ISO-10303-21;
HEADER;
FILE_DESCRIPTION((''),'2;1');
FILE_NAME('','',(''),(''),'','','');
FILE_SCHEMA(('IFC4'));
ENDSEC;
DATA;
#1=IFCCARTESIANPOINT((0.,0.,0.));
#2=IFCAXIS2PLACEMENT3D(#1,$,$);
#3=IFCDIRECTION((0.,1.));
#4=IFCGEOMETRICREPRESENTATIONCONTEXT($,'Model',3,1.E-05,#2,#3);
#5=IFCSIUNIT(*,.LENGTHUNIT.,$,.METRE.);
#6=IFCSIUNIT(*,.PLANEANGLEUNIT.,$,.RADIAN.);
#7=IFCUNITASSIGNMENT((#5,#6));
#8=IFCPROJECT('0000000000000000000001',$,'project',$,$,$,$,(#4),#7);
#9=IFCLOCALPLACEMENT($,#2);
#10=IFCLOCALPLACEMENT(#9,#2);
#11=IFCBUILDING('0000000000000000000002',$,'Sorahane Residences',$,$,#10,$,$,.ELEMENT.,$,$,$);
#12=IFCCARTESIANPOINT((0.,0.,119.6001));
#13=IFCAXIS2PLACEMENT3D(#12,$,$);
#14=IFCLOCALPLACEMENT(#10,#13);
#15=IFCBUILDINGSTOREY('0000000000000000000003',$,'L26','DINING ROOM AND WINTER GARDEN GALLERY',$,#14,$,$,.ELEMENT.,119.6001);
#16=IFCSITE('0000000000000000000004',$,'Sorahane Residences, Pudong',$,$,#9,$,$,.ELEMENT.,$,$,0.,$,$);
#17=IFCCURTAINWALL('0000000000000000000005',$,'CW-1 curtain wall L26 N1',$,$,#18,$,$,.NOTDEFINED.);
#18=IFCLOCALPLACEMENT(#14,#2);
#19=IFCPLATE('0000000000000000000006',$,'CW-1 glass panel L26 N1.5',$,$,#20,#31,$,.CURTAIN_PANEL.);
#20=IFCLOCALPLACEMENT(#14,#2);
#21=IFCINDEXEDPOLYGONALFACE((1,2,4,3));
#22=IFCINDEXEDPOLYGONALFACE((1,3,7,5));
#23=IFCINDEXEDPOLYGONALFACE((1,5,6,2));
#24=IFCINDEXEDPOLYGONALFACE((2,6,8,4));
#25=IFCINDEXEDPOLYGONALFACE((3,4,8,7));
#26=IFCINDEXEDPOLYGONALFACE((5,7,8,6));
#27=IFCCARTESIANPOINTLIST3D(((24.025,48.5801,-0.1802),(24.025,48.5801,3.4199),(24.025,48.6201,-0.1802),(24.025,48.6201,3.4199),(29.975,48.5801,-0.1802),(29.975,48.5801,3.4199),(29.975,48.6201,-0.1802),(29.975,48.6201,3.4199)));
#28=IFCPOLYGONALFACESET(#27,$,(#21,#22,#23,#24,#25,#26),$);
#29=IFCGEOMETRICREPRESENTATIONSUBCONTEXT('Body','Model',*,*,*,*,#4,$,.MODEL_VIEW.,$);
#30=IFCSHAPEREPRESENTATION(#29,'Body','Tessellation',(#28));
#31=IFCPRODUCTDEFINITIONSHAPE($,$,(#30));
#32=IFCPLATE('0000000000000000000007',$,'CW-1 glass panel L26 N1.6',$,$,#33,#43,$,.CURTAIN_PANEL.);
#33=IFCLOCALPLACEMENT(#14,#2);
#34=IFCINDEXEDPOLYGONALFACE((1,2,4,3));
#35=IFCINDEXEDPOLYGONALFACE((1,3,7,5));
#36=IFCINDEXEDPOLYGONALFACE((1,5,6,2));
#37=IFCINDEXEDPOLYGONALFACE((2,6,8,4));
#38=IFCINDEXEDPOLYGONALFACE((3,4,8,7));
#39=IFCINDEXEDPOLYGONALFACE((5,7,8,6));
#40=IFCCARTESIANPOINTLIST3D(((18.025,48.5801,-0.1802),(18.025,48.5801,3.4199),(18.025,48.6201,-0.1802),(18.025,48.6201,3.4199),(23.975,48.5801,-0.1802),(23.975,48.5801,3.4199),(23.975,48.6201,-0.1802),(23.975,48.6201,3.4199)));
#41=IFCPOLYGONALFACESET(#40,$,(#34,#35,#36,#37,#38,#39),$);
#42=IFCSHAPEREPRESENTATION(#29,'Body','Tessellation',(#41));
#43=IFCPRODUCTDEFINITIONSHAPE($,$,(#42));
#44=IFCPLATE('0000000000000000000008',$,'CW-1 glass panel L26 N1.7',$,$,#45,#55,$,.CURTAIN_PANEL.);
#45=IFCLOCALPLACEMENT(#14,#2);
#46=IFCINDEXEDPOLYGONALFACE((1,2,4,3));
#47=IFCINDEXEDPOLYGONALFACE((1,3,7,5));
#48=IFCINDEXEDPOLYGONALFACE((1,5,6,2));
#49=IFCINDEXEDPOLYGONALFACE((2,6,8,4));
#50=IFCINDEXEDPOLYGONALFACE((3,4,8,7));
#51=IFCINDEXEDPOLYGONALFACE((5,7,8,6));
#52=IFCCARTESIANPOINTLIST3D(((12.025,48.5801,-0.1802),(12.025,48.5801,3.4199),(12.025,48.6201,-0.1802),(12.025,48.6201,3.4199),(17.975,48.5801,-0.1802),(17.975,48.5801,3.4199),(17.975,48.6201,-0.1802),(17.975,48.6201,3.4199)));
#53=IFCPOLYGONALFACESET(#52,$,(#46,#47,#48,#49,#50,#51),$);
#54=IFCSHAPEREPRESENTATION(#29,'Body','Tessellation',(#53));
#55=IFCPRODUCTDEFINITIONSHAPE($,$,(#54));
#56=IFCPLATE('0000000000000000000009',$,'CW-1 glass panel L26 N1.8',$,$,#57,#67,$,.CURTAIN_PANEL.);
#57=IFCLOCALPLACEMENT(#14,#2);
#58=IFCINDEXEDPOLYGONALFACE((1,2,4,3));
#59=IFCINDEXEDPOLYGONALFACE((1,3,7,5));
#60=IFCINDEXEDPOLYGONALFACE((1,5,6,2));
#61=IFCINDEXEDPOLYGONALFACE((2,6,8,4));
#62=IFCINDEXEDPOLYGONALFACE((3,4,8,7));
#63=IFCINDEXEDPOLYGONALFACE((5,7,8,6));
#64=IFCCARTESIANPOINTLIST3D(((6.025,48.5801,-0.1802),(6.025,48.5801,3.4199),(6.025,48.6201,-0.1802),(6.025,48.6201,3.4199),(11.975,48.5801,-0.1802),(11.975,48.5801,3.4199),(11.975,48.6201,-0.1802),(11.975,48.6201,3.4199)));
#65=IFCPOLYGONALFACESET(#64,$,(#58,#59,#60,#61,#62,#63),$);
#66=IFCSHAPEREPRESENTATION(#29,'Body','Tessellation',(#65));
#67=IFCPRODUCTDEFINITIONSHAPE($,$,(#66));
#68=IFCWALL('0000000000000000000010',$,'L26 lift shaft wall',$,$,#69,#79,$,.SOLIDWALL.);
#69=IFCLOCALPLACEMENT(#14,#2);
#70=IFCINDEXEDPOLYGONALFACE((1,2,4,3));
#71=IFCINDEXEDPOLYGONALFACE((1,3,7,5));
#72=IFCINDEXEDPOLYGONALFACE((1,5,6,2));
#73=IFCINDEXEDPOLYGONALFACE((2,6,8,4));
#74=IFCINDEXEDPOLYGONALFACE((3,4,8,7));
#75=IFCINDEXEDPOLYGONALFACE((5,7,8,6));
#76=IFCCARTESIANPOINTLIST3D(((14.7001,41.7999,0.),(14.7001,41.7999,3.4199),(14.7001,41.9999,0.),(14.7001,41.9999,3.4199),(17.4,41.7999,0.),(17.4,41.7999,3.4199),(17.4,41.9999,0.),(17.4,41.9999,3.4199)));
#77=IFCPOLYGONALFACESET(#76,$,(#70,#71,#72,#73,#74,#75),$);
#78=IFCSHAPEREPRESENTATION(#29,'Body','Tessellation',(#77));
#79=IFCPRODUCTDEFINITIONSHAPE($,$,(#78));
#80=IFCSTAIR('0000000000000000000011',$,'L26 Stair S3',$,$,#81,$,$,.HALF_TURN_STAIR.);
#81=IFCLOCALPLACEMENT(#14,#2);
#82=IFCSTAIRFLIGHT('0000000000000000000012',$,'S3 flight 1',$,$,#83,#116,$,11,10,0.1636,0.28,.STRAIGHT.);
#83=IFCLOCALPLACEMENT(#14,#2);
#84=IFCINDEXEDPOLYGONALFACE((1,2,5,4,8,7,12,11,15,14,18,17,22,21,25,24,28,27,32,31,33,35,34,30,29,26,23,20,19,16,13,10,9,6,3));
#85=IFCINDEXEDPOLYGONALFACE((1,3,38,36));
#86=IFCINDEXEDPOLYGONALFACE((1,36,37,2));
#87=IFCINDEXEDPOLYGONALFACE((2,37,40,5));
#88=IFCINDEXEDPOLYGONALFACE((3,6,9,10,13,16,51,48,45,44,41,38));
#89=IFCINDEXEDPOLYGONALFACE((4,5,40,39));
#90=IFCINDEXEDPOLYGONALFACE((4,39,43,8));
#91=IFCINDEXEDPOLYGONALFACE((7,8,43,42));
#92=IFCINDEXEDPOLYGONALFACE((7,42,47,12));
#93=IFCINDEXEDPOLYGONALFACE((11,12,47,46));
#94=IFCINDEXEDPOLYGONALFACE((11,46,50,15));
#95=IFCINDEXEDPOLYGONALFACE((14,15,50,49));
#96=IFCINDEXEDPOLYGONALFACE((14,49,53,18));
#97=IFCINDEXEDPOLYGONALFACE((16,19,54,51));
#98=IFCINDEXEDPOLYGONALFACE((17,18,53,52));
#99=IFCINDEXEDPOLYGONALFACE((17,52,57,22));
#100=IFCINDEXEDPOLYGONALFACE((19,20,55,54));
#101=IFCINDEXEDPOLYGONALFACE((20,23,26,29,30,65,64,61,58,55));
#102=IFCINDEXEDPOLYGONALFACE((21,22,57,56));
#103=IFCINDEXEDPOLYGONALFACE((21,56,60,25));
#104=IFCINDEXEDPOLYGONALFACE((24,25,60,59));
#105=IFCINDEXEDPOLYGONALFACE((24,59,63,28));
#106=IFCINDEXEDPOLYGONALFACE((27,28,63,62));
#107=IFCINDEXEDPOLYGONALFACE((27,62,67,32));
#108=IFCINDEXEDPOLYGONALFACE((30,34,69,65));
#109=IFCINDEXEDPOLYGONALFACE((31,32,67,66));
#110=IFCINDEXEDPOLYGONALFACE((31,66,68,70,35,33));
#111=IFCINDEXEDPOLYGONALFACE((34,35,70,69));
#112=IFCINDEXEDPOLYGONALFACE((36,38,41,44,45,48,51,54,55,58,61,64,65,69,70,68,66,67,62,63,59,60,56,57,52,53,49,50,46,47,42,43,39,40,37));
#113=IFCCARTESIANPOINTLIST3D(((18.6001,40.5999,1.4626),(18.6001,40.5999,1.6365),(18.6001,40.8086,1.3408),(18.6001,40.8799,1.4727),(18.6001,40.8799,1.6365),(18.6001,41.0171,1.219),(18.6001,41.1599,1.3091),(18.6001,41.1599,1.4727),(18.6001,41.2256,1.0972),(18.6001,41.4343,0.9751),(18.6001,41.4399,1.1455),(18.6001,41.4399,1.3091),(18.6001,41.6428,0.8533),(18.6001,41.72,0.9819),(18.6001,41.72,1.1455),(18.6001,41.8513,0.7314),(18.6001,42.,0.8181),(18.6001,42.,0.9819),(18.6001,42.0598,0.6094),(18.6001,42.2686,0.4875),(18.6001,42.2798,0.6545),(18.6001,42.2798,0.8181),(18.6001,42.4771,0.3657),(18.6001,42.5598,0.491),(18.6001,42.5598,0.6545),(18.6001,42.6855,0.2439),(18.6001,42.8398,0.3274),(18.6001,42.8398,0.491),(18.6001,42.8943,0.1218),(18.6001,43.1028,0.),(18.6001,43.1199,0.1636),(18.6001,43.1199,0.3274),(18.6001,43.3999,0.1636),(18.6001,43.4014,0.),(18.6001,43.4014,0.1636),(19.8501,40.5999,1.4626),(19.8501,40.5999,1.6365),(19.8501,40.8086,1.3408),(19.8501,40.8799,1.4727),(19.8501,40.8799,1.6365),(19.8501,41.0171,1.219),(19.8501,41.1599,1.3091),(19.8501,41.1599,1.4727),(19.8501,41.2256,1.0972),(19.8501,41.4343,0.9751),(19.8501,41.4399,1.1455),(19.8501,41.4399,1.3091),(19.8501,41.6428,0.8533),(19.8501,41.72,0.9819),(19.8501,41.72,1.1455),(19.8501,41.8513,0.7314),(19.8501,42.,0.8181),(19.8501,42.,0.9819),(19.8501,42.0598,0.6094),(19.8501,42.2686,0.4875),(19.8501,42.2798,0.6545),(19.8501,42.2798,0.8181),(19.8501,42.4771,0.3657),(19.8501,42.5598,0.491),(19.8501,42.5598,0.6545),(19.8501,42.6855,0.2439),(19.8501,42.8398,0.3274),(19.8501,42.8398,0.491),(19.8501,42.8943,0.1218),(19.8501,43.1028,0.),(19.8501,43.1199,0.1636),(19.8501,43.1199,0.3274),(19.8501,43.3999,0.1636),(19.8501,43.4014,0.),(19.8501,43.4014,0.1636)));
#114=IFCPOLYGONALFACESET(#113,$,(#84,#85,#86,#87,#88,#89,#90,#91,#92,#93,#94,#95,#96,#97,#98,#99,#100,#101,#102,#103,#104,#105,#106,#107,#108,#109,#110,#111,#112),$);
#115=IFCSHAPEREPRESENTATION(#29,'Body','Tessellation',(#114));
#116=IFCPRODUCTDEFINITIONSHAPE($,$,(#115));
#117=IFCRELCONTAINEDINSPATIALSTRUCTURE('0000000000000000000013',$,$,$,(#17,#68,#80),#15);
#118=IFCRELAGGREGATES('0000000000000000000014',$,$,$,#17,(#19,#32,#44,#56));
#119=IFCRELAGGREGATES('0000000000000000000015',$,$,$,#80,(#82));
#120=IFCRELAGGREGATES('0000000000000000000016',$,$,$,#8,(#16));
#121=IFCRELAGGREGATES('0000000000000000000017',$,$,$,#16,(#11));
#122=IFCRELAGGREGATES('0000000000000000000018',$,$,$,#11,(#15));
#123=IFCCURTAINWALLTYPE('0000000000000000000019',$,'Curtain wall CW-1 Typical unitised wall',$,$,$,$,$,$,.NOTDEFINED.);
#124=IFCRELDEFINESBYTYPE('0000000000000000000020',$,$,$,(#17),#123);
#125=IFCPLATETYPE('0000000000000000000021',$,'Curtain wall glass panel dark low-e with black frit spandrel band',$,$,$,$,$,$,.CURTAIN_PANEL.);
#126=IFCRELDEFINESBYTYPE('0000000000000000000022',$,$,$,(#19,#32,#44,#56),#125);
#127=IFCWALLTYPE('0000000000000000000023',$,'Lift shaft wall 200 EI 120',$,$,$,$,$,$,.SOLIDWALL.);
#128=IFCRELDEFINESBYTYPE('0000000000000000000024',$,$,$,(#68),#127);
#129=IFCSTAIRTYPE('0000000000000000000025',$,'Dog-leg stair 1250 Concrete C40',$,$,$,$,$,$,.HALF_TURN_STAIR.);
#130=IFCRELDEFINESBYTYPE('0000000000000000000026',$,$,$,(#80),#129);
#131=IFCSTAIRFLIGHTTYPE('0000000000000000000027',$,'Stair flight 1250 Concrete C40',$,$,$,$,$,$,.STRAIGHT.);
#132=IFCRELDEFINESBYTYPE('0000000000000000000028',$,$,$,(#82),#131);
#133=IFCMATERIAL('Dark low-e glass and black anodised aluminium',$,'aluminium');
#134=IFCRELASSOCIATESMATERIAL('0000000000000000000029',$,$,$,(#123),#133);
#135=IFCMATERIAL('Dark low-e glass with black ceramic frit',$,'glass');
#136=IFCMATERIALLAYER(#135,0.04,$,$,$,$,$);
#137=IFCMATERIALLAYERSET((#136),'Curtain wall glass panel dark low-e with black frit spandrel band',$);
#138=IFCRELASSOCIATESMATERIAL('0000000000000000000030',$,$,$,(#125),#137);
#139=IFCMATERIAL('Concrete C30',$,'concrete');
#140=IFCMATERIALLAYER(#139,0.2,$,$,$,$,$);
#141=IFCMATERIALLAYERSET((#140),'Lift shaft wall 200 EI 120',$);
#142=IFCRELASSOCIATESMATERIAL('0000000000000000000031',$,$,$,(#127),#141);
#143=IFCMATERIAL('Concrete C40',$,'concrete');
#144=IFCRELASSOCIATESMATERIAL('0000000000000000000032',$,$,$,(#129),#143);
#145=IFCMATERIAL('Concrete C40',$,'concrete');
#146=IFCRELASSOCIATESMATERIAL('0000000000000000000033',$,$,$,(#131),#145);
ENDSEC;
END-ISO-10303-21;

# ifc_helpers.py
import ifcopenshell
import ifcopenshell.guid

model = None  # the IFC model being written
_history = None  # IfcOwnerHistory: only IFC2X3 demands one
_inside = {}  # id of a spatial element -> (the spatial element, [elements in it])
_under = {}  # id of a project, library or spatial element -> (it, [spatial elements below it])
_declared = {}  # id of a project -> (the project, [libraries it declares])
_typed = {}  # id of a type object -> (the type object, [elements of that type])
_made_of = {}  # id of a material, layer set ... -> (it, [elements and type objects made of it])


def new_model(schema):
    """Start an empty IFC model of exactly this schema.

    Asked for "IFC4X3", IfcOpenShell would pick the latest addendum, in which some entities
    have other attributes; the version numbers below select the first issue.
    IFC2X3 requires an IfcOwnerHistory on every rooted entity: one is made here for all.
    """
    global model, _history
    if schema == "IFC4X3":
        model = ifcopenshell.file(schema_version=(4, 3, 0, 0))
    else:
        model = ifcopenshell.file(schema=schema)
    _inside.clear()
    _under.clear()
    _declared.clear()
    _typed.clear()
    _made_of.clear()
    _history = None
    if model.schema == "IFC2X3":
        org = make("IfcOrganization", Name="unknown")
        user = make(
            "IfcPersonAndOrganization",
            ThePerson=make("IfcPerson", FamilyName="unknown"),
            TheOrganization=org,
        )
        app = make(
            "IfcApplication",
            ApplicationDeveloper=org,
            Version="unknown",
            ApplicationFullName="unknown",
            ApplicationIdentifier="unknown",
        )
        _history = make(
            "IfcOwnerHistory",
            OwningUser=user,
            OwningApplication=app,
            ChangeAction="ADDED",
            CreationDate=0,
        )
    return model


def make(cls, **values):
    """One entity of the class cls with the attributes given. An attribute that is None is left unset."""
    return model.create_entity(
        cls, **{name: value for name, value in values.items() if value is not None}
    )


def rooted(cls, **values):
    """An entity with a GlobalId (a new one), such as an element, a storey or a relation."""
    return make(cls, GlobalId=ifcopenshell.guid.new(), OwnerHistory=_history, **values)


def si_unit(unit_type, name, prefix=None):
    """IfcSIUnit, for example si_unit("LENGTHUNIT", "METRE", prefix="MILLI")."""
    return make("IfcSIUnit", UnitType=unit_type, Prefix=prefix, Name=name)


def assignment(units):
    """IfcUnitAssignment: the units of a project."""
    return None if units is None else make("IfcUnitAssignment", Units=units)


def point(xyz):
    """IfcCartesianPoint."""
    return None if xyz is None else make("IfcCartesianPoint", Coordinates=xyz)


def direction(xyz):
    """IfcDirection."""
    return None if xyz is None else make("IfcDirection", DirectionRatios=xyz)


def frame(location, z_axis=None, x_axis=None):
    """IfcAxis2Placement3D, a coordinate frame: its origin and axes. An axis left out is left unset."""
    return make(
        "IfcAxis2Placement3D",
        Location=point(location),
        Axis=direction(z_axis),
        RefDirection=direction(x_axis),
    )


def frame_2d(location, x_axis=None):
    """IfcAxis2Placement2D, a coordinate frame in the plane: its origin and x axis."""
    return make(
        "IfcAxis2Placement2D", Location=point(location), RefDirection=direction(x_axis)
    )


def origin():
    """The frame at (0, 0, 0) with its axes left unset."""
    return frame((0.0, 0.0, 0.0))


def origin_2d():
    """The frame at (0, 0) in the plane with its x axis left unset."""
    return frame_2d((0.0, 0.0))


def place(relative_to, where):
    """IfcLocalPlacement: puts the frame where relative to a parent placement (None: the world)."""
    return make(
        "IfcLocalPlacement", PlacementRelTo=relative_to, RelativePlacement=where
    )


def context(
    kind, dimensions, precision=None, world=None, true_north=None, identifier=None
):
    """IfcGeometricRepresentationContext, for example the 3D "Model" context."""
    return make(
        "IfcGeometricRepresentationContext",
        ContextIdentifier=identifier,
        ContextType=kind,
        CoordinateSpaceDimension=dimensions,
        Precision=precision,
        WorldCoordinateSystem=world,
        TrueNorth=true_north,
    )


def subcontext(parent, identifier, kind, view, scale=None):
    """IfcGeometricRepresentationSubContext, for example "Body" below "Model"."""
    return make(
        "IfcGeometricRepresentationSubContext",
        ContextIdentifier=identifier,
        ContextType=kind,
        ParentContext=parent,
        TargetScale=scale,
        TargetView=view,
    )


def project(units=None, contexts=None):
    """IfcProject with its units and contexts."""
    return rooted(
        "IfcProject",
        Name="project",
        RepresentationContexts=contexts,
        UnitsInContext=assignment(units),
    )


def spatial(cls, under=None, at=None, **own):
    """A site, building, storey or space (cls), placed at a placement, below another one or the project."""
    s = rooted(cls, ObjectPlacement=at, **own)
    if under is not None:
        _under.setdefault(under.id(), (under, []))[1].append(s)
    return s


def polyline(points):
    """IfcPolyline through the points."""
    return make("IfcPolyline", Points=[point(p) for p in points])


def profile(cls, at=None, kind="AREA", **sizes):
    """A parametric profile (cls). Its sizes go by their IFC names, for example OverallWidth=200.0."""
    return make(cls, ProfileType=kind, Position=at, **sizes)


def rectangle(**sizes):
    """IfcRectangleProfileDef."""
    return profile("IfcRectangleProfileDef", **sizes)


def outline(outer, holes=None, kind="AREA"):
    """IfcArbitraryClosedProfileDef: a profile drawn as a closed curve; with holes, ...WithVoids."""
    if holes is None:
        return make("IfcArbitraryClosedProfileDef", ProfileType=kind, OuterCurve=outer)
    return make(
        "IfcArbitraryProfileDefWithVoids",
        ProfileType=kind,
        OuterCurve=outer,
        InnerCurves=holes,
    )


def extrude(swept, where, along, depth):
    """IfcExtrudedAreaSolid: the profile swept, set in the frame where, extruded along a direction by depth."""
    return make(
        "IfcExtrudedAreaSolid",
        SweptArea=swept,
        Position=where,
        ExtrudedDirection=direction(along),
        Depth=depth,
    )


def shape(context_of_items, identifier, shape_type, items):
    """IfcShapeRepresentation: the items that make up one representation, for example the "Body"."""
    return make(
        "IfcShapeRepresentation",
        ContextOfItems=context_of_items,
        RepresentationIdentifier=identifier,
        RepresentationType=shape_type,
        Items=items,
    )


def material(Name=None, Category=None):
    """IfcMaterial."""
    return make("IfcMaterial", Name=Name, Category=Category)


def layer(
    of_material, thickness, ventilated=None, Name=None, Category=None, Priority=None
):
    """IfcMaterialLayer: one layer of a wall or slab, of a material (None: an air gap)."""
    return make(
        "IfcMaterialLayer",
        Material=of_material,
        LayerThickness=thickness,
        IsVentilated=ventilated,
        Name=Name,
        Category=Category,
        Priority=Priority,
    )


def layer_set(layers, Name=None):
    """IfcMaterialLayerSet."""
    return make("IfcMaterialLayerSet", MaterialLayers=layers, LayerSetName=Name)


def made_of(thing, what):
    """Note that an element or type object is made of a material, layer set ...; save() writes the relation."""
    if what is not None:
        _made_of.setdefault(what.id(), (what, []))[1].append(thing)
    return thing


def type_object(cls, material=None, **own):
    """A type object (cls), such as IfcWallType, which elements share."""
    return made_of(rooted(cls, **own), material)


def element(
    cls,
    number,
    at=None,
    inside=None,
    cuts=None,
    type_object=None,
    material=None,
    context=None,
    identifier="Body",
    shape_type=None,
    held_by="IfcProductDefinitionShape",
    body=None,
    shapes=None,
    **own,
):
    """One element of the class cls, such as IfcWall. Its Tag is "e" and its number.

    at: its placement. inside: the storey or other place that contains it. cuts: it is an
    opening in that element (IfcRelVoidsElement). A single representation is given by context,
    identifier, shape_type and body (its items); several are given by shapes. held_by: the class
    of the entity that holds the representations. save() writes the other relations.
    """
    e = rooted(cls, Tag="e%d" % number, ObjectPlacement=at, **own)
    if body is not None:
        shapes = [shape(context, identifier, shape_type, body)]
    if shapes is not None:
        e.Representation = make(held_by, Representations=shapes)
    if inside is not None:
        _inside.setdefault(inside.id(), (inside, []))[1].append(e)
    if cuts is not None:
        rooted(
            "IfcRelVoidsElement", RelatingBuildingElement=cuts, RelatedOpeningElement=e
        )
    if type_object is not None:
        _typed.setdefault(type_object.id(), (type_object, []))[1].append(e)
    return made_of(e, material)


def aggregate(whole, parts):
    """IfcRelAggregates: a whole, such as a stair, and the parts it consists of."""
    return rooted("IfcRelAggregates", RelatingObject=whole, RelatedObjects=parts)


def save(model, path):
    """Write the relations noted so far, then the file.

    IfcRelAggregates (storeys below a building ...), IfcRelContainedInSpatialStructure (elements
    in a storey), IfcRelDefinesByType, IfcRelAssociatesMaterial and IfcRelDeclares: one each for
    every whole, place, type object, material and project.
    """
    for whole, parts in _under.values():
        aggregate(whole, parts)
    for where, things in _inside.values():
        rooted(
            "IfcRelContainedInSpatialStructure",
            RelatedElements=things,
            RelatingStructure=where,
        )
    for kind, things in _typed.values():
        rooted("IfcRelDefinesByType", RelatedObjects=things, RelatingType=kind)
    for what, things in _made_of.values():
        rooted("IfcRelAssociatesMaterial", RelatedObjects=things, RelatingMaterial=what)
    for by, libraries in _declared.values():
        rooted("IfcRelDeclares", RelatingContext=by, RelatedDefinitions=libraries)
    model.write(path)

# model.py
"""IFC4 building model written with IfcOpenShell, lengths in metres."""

from ifc_helpers import new_model, si_unit, direction, frame, frame_2d, origin, origin_2d, place, context, subcontext, project, spatial, polyline, rectangle, outline, extrude, material, layer, layer_set, type_object, element, aggregate, save


model = new_model("IFC4")

# Units and contexts
model_context = context("Model", 3, precision=1e-05, world=origin(), true_north=direction((0.0, 1.0)))
body_context = subcontext(model_context, "Body", "Model", "MODEL_VIEW")
ifc_project = project(units=[si_unit("LENGTHUNIT", "METRE"), si_unit("PLANEANGLEUNIT", "RADIAN")], contexts=[model_context])

# Site, building, storey
site_placement = place(None, origin())
site = spatial("IfcSite", under=ifc_project, at=site_placement, Name="Sorahane Residences, Pudong", CompositionType="ELEMENT", RefElevation=0.0)
building_placement = place(site_placement, origin())
building = spatial("IfcBuilding", under=site, at=building_placement, Name="Sorahane Residences", CompositionType="ELEMENT")
storey_placement = place(building_placement, frame((0.0, 0.0, 119.6001)))
storey = spatial("IfcBuildingStorey", under=building, at=storey_placement, Name="L26", Description="DINING ROOM AND WINTER GARDEN GALLERY", CompositionType="ELEMENT", Elevation=119.6001)

# Curtain wall
ifc_material_1 = material(Name="Dark low-e glass and black anodised aluminium", Category="aluminium")
curtain_wall_type = type_object("IfcCurtainWallType", Name="Curtain wall CW-1 Typical unitised wall", PredefinedType="NOTDEFINED", material=ifc_material_1)
curtain_wall_placement = place(storey_placement, origin())
curtain_wall = element("IfcCurtainWall", 1, at=curtain_wall_placement, inside=storey, type_object=curtain_wall_type, Name="CW-1 curtain wall L26 N1", PredefinedType="NOTDEFINED")

# Plates
ifc_material_2 = material(Name="Dark low-e glass with black ceramic frit", Category="glass")
ifc_layer_1 = layer(ifc_material_2, 0.04)
ifc_layer_set_1 = layer_set([ifc_layer_1], Name="Curtain wall glass panel dark low-e with black frit spandrel band")
plate_type = type_object("IfcPlateType", Name="Curtain wall glass panel dark low-e with black frit spandrel band", PredefinedType="CURTAIN_PANEL", material=ifc_layer_set_1)
plate_1_placement = place(storey_placement, frame((27.0, 48.6001, -0.1802), z_axis=(0.0, 0.0, 1.0), x_axis=(-1.0, 0.0, 0.0)))
plate_1 = element("IfcPlate", 2, at=plate_1_placement, type_object=plate_type, Name="CW-1 glass panel L26 N1.5", PredefinedType="CURTAIN_PANEL", context=body_context, shape_type="SweptSolid", body=[
    extrude(rectangle(XDim=5.95, YDim=0.04, at=origin_2d()), origin(), (0.0, 0.0, 1.0), 3.6001),
])
plate_2_placement = place(storey_placement, frame((21.0, 48.6001, -0.1802), z_axis=(0.0, 0.0, 1.0), x_axis=(-1.0, 0.0, 0.0)))
plate_2 = element("IfcPlate", 3, at=plate_2_placement, type_object=plate_type, Name="CW-1 glass panel L26 N1.6", PredefinedType="CURTAIN_PANEL", context=body_context, shape_type="SweptSolid", body=[
    extrude(rectangle(XDim=5.95, YDim=0.04, at=origin_2d()), origin(), (0.0, 0.0, 1.0), 3.6001),
])
plate_3_placement = place(storey_placement, frame((15.0, 48.6001, -0.1802), z_axis=(0.0, 0.0, 1.0), x_axis=(-1.0, 0.0, 0.0)))
plate_3 = element("IfcPlate", 4, at=plate_3_placement, type_object=plate_type, Name="CW-1 glass panel L26 N1.7", PredefinedType="CURTAIN_PANEL", context=body_context, shape_type="SweptSolid", body=[
    extrude(rectangle(XDim=5.95, YDim=0.04, at=origin_2d()), origin(), (0.0, 0.0, 1.0), 3.6001),
])
plate_4_placement = place(storey_placement, frame((9.0, 48.6001, -0.1802), z_axis=(0.0, 0.0, 1.0), x_axis=(-1.0, 0.0, 0.0)))
plate_4 = element("IfcPlate", 5, at=plate_4_placement, type_object=plate_type, Name="CW-1 glass panel L26 N1.8", PredefinedType="CURTAIN_PANEL", context=body_context, shape_type="SweptSolid", body=[
    extrude(rectangle(XDim=5.95, YDim=0.04, at=origin_2d()), origin(), (0.0, 0.0, 1.0), 3.6001),
])
aggregate(curtain_wall, [plate_1, plate_2, plate_3, plate_4])

# Wall
ifc_material_3 = material(Name="Concrete C30", Category="concrete")
ifc_layer_2 = layer(ifc_material_3, 0.2)
ifc_layer_set_2 = layer_set([ifc_layer_2], Name="Lift shaft wall 200 EI 120")
wall_type = type_object("IfcWallType", Name="Lift shaft wall 200 EI 120", PredefinedType="SOLIDWALL", material=ifc_layer_set_2)
wall_placement = place(storey_placement, frame((14.7, 41.8999, 0.0), z_axis=(0.0, 0.0, 1.0), x_axis=(1.0, 0.0, 0.0)))
element("IfcWall", 6, at=wall_placement, inside=storey, type_object=wall_type, Name="L26 lift shaft wall", PredefinedType="SOLIDWALL", context=body_context, shape_type="SweptSolid", body=[
    extrude(rectangle(XDim=2.7, YDim=0.2, at=frame_2d((1.3501, 0.0))), origin(), (0.0, 0.0, 1.0), 3.4199),
])

# Stair, stair flight
ifc_material_4 = material(Name="Concrete C40", Category="concrete")
stair_type = type_object("IfcStairType", Name="Dog-leg stair 1250 Concrete C40", PredefinedType="HALF_TURN_STAIR", material=ifc_material_4)
stair_placement = place(storey_placement, origin())
stair = element("IfcStair", 7, at=stair_placement, inside=storey, type_object=stair_type, Name="L26 Stair S3", PredefinedType="HALF_TURN_STAIR")
ifc_material_5 = material(Name="Concrete C40", Category="concrete")
stair_flight_type = type_object("IfcStairFlightType", Name="Stair flight 1250 Concrete C40", PredefinedType="STRAIGHT", material=ifc_material_5)
stair_flight_placement = place(storey_placement, frame((19.2251, 43.3999, 0.0), z_axis=(0.0, 0.0, 1.0), x_axis=(0.0, -1.0, 0.0)))
stair_flight = element("IfcStairFlight", 8, at=stair_flight_placement, type_object=stair_flight_type, Name="S3 flight 1", NumberOfRisers=11, NumberOfTreads=10, PredefinedType="STRAIGHT", RiserHeight=0.1636, TreadLength=0.28, context=body_context, shape_type="SweptSolid", body=[
    extrude(outline(polyline([(-0.0015, 0.0), (-0.0015, 0.1636), (0.0, 0.1636), (0.28, 0.1636), (0.28, 0.3274), (0.5601, 0.3274), (0.5601, 0.491), (0.8401, 0.491), (0.8401, 0.6545), (1.1201, 0.6545), (1.1201, 0.8181), (1.3999, 0.8181), (1.3999, 0.9819), (1.6799, 0.9819), (1.6799, 1.1455), (1.96, 1.1455), (1.96, 1.3091), (2.24, 1.3091), (2.24, 1.4727), (2.52, 1.4727), (2.52, 1.6365), (2.8, 1.6365), (2.8, 1.8), (2.8, 1.4626), (2.5913, 1.3408), (2.3828, 1.219), (2.1743, 1.0972), (1.9656, 0.9751), (1.7571, 0.8533), (1.5486, 0.7314), (1.3401, 0.6094), (1.1313, 0.4875), (0.9229, 0.3657), (0.7144, 0.2439), (0.5056, 0.1218), (0.2971, 0.0), (-0.0015, 0.0)])), frame((0.0, 0.625, 0.0), z_axis=(0.0, -1.0, 0.0), x_axis=(1.0, 0.0, 0.0)), (0.0, 0.0, 1.0), 1.25),
])
aggregate(stair, [stair_flight])

save(model, "model.ifc")
